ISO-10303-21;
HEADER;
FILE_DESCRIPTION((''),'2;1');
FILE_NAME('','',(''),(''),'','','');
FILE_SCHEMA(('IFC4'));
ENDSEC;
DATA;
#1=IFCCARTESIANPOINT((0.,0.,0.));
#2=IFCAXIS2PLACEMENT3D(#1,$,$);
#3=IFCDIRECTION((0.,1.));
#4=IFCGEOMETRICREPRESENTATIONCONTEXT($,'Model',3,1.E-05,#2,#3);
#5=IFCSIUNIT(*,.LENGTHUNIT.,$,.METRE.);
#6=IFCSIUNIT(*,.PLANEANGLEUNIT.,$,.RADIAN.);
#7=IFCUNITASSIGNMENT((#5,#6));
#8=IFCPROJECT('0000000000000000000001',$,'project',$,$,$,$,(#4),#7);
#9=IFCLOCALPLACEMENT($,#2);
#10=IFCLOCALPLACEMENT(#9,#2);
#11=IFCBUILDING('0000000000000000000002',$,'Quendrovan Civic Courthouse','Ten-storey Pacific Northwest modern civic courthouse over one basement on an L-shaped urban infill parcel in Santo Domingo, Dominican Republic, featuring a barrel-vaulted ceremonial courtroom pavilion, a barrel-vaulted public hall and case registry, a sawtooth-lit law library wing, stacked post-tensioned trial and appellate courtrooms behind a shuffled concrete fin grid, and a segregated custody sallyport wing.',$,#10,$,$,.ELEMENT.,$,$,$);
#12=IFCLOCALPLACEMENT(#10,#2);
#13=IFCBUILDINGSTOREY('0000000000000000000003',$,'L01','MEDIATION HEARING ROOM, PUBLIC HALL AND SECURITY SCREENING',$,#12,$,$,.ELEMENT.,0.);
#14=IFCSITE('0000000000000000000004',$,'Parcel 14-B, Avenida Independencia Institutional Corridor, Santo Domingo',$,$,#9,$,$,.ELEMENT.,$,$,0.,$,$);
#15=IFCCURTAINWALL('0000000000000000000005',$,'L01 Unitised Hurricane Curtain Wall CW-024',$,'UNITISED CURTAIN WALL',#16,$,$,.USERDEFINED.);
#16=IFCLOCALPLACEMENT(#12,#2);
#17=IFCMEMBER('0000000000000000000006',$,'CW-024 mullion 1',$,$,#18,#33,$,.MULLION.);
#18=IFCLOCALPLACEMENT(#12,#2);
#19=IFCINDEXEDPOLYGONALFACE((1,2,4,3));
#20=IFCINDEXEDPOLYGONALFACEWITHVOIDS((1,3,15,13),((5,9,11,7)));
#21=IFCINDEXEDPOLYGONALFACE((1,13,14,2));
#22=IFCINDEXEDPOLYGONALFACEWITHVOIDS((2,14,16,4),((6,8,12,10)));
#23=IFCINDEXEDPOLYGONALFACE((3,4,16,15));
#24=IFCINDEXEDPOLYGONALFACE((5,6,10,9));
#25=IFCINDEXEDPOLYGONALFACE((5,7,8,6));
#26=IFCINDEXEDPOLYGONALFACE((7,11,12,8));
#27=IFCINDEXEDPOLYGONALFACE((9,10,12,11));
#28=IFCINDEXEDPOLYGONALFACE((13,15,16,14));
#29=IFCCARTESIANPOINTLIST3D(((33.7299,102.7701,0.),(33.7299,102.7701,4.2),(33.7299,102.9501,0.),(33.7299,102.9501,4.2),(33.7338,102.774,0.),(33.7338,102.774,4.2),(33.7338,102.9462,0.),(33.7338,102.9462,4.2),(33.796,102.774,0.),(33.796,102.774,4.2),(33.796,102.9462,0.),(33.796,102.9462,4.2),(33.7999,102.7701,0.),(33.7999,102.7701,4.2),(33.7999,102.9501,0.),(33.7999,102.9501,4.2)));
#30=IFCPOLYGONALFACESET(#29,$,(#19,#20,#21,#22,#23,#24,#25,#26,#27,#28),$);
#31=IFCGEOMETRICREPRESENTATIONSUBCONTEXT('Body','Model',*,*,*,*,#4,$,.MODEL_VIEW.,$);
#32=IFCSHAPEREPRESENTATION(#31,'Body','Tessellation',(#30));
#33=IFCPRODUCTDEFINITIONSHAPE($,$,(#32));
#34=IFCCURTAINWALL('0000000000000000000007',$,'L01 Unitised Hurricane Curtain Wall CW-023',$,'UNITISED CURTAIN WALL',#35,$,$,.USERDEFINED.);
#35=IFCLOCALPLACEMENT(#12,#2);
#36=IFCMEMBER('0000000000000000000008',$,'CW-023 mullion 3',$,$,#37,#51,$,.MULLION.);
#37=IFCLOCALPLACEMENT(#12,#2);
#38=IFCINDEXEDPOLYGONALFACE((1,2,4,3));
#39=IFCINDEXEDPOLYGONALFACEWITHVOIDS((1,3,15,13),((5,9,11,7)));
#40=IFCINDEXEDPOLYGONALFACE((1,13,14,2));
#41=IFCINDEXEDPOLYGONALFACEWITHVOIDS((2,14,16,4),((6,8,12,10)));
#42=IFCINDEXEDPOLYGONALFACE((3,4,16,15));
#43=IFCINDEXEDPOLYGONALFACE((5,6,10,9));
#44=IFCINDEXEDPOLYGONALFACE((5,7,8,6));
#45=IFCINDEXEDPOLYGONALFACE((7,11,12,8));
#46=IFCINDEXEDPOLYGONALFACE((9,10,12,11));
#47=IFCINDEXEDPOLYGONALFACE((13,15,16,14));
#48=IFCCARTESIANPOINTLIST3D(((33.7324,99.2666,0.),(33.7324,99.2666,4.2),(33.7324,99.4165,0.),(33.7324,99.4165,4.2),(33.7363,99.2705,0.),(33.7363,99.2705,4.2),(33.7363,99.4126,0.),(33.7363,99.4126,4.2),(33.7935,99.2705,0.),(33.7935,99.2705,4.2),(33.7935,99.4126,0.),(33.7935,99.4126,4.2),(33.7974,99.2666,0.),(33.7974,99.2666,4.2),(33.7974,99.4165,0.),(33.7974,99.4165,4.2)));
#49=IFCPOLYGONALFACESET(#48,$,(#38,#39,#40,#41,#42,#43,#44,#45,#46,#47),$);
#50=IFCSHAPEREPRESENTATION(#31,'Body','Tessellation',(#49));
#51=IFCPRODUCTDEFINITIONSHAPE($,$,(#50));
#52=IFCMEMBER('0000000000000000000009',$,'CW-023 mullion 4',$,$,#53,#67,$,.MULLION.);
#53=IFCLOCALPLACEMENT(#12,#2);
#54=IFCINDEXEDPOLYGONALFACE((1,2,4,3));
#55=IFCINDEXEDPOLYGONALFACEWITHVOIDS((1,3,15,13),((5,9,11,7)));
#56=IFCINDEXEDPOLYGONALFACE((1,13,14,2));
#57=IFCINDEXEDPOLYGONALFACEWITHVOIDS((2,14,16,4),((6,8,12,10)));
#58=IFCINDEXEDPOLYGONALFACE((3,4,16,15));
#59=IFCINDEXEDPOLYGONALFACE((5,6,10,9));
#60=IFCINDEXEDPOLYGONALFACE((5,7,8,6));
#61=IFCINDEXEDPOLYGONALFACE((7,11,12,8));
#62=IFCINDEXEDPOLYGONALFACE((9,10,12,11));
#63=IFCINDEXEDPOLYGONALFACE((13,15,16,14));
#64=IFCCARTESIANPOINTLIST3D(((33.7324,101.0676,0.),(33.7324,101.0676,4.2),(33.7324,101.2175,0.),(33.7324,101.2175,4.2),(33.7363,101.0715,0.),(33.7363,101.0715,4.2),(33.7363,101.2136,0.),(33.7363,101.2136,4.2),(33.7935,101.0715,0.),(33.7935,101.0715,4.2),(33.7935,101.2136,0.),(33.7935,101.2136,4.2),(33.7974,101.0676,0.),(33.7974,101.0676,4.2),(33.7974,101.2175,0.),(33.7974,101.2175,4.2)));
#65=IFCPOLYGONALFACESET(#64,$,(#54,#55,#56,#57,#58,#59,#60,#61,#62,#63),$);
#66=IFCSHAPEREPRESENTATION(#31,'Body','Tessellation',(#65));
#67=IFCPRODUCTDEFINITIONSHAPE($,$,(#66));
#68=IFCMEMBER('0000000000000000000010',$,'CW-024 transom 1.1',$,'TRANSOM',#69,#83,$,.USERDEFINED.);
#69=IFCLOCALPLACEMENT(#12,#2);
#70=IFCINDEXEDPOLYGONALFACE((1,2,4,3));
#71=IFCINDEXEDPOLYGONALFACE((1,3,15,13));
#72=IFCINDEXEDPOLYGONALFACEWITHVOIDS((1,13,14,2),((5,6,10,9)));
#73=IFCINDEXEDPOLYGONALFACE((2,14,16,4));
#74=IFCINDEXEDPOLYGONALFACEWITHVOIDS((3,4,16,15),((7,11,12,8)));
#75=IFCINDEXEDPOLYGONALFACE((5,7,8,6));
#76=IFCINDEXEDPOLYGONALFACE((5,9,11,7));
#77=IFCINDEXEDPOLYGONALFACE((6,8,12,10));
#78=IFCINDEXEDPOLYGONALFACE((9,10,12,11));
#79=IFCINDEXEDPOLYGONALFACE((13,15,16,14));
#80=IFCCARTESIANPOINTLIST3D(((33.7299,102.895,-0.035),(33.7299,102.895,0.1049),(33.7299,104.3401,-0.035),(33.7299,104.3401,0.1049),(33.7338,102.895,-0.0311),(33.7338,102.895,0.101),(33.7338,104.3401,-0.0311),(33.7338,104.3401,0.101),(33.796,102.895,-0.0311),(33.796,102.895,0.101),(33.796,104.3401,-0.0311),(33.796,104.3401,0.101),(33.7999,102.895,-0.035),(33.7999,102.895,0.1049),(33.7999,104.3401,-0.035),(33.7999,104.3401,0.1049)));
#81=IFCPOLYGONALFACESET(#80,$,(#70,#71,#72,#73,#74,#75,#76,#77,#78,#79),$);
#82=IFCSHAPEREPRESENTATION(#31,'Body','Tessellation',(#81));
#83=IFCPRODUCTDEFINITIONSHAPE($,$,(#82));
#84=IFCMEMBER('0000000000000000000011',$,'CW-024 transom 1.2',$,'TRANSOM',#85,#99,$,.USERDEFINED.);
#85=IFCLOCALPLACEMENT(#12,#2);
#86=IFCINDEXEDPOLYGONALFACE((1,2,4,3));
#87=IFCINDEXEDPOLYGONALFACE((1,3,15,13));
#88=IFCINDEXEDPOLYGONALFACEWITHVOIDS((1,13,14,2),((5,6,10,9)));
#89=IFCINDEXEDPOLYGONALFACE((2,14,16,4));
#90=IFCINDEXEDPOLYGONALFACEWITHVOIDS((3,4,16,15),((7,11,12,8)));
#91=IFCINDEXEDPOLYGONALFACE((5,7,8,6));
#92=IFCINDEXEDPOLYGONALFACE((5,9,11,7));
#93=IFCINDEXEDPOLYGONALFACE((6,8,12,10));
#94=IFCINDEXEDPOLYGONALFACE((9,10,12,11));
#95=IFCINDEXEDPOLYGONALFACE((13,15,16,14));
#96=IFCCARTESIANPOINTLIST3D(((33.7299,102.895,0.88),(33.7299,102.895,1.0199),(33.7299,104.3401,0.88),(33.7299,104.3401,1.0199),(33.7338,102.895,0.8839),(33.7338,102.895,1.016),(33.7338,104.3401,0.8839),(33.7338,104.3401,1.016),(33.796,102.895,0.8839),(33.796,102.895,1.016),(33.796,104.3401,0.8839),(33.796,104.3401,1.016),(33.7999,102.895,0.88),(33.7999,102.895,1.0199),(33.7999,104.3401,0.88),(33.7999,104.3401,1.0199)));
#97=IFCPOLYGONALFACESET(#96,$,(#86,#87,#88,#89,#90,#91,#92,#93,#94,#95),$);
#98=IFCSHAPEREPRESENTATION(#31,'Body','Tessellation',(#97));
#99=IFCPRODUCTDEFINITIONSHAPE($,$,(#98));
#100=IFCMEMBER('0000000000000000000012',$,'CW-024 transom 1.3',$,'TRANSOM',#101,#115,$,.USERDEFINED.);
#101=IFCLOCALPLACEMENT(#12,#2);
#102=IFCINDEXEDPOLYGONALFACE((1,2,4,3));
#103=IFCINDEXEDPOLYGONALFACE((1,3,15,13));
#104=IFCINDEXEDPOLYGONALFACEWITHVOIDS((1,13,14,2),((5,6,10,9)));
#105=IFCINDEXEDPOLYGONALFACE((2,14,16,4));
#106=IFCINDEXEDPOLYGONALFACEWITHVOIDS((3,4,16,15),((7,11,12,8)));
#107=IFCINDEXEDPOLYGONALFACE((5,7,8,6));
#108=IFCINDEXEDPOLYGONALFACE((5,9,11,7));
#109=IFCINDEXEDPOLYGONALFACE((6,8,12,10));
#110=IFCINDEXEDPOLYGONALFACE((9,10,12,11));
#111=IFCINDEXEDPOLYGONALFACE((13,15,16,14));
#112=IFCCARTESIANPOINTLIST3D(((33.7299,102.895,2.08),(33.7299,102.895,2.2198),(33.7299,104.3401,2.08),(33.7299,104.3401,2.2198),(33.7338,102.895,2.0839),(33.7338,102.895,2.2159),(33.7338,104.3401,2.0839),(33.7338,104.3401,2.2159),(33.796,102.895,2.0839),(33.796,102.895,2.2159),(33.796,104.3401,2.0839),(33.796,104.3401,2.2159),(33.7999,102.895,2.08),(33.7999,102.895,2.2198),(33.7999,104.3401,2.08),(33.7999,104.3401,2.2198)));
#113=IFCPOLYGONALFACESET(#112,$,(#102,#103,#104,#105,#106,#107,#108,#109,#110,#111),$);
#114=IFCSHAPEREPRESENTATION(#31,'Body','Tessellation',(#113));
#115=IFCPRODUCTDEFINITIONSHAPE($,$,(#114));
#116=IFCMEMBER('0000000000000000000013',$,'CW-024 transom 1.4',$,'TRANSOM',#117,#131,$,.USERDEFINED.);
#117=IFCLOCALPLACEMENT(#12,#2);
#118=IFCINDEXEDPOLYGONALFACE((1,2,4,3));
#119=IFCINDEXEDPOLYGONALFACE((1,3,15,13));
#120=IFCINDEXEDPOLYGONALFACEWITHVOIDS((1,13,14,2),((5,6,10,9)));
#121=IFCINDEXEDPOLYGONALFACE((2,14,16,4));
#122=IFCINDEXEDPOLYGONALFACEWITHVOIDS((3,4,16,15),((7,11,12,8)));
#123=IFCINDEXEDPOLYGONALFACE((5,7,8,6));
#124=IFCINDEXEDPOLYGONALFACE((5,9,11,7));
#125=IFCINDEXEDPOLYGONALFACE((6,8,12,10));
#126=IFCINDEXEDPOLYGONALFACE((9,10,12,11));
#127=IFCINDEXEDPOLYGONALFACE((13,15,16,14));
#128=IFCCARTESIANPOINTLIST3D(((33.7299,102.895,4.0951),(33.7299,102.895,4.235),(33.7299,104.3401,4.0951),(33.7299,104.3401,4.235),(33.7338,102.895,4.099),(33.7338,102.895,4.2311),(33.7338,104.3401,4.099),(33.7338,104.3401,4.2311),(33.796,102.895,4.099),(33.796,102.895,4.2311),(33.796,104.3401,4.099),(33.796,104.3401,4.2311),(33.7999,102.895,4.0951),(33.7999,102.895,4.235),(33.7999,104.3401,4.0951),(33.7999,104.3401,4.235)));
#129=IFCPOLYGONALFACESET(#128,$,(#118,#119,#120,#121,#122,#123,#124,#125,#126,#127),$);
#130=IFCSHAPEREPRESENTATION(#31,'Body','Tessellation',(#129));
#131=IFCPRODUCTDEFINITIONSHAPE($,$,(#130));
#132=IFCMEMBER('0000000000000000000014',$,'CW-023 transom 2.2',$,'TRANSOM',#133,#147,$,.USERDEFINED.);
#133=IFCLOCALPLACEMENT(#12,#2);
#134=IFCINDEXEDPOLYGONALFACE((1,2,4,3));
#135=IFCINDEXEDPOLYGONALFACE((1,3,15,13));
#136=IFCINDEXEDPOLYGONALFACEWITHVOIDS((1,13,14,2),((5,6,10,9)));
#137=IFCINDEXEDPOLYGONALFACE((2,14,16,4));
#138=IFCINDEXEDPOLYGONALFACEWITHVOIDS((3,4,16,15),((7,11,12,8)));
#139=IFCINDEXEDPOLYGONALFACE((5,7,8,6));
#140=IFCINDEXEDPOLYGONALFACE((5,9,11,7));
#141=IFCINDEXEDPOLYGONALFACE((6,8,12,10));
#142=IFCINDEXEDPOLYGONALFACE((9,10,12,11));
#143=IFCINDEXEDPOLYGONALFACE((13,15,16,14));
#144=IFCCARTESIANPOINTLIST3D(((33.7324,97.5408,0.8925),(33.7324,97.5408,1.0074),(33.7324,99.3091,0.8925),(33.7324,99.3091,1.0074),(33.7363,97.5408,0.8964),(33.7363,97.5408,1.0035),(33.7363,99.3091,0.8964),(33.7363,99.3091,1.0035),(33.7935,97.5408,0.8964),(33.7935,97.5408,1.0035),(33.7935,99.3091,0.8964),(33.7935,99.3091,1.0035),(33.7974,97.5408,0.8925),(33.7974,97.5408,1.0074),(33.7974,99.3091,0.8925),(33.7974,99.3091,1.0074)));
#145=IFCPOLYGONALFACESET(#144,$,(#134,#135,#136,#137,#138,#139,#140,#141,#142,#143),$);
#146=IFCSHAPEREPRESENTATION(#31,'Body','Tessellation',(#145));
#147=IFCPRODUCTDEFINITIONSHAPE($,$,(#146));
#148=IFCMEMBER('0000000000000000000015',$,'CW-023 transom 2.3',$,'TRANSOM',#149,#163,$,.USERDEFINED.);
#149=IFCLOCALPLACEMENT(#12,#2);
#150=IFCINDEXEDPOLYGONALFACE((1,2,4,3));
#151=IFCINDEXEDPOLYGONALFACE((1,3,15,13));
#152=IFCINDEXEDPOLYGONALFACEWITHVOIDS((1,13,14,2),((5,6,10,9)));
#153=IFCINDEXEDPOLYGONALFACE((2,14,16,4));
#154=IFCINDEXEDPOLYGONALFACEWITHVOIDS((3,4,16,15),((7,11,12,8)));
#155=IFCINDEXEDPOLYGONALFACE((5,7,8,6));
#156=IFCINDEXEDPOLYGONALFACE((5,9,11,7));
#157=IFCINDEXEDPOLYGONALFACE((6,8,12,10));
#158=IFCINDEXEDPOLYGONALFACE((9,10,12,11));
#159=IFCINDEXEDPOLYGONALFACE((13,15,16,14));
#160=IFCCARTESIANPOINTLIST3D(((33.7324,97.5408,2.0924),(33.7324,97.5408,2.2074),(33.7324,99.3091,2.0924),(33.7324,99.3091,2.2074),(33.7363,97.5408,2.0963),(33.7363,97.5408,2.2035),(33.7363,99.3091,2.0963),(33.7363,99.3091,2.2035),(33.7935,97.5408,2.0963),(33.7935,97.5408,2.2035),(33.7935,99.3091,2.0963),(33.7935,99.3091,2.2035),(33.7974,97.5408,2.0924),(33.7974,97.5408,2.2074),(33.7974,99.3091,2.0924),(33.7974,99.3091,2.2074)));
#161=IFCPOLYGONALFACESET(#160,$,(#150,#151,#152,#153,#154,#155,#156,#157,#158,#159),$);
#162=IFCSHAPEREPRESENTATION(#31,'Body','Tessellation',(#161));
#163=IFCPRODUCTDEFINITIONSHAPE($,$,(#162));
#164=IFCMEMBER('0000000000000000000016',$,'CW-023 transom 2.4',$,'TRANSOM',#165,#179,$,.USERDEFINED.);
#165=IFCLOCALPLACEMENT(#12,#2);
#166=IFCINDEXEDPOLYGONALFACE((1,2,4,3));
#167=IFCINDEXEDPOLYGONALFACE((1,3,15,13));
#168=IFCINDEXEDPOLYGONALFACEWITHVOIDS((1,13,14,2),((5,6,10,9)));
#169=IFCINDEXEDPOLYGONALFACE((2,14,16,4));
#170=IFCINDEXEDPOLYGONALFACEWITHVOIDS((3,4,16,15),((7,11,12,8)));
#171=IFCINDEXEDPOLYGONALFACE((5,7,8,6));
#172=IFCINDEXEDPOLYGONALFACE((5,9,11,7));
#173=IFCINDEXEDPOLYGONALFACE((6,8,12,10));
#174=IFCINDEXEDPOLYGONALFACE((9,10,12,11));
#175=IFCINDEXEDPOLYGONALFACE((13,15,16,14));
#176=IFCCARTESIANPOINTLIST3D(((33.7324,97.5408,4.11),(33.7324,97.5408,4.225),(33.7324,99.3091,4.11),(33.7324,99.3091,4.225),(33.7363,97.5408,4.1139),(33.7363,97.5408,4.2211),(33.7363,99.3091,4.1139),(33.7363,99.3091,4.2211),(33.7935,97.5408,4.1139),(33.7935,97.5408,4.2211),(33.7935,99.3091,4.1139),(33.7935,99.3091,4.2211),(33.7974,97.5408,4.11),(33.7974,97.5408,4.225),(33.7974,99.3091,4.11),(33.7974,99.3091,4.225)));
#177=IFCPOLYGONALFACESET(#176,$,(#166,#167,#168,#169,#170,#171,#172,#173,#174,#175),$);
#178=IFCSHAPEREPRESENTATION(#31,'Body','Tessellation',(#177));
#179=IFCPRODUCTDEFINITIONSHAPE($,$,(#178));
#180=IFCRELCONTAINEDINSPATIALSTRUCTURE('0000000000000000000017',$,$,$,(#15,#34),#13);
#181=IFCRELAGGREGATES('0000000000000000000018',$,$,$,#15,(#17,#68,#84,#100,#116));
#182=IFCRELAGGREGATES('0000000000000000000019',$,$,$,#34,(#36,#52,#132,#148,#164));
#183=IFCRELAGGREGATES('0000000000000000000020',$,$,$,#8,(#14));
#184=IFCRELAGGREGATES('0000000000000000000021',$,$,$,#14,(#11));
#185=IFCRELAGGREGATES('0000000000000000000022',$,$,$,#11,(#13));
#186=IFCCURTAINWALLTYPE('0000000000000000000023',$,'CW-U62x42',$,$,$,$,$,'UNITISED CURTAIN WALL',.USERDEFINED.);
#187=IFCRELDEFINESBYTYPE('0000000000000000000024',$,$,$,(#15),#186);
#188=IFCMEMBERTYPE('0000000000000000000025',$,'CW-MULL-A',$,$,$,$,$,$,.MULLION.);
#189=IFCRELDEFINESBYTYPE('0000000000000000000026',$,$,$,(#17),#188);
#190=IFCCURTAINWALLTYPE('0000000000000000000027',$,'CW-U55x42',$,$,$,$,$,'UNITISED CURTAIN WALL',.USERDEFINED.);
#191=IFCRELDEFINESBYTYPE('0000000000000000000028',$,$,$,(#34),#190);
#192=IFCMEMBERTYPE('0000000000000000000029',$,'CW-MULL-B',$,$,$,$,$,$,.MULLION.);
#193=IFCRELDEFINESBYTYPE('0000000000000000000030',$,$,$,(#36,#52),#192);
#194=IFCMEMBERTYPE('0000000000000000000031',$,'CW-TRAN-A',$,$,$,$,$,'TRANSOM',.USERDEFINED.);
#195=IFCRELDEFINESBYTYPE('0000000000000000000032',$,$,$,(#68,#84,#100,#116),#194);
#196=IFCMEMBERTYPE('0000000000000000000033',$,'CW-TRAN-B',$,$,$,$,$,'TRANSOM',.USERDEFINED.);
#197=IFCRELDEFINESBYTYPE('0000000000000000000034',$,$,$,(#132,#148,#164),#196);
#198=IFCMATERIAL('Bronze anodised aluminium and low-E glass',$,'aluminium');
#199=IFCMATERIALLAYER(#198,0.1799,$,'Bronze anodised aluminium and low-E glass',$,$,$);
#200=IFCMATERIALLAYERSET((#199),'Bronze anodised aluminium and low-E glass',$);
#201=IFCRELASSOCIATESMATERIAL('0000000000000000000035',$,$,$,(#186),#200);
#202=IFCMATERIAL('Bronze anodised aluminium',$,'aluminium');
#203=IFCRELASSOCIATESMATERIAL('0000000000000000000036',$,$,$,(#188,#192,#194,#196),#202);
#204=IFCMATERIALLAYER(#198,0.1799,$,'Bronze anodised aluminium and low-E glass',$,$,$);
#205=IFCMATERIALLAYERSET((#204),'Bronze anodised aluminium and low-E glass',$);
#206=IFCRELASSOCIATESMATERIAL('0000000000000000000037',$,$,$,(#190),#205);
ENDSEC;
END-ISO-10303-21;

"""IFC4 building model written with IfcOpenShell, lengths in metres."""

from ifc_helpers import new_model, si_unit, direction, frame, origin, origin_2d, place, context, subcontext, project, spatial, hollow_rectangle, extrude, material, layer, layer_set, material_profile, profile_set, type_object, element, aggregate, save


model = new_model("IFC4")

# Units and contexts
model_context = context("Model", 3, precision=1e-05, world=origin(), true_north=direction((0.0, 1.0)))
body_context = subcontext(model_context, "Body", "Model", "MODEL_VIEW")
ifc_project = project(units=[si_unit("LENGTHUNIT", "METRE"), si_unit("PLANEANGLEUNIT", "RADIAN")], contexts=[model_context])

# Site, building, storey
site_placement = place(None, origin())
site = spatial("IfcSite", under=ifc_project, at=site_placement, Name="Parcel 14-B, Avenida Independencia Institutional Corridor, Santo Domingo", CompositionType="ELEMENT", RefElevation=0.0)
building_placement = place(site_placement, origin())
building = spatial("IfcBuilding", under=site, at=building_placement, Name="Quendrovan Civic Courthouse", Description="Ten-storey Pacific Northwest modern civic courthouse over one basement on an L-shaped urban infill parcel in Santo Domingo, Dominican Republic, featuring a barrel-vaulted ceremonial courtroom pavilion, a barrel-vaulted public hall and case registry, a sawtooth-lit law library wing, stacked post-tensioned trial and appellate courtrooms behind a shuffled concrete fin grid, and a segregated custody sallyport wing.", CompositionType="ELEMENT")
storey_placement = place(building_placement, origin())
storey = spatial("IfcBuildingStorey", under=building, at=storey_placement, Name="L01", Description="MEDIATION HEARING ROOM, PUBLIC HALL AND SECURITY SCREENING", CompositionType="ELEMENT", Elevation=0.0)

# Curtain wall, member
ifc_material_1 = material(Name="Bronze anodised aluminium and low-E glass", Category="aluminium")
ifc_layer_1 = layer(ifc_material_1, 0.1799, Name="Bronze anodised aluminium and low-E glass")
ifc_layer_set_1 = layer_set([ifc_layer_1], Name="Bronze anodised aluminium and low-E glass")
curtain_wall_type_1 = type_object("IfcCurtainWallType", Name="CW-U62x42", ElementType="UNITISED CURTAIN WALL", PredefinedType="USERDEFINED", material=ifc_layer_set_1)
curtain_wall_1_placement = place(storey_placement, origin())
curtain_wall_1 = element("IfcCurtainWall", 1, at=curtain_wall_1_placement, inside=storey, type_object=curtain_wall_type_1, Name="L01 Unitised Hurricane Curtain Wall CW-024", ObjectType="UNITISED CURTAIN WALL", PredefinedType="USERDEFINED")
ifc_material_2 = material(Name="Bronze anodised aluminium", Category="aluminium")
ifc_material_profile_1 = material_profile(ifc_material_2, hollow_rectangle(XDim=0.0701, YDim=0.1799, WallThickness=0.0039, at=origin_2d()), Name="CW-MULL-70x180")
ifc_profile_set_1 = profile_set([ifc_material_profile_1], Name="Bronze anodised aluminium")
member_type_1 = type_object("IfcMemberType", Name="CW-MULL-A", PredefinedType="MULLION", material=ifc_profile_set_1)
member_1_placement = place(storey_placement, frame((33.7649, 102.8601, 0.0), z_axis=(0.0, 0.0, 1.0), x_axis=(-1.0, 0.0, 0.0)))
member_1 = element("IfcMember", 2, at=member_1_placement, type_object=member_type_1, Name="CW-024 mullion 1", PredefinedType="MULLION", context=body_context, shape_type="SweptSolid", body=[
    extrude(hollow_rectangle(XDim=0.0701, YDim=0.1799, WallThickness=0.0039, at=origin_2d()), origin(), (0.0, 0.0, 1.0), 4.2),
])

# Curtain wall, members
ifc_layer_2 = layer(ifc_material_1, 0.1799, Name="Bronze anodised aluminium and low-E glass")
ifc_layer_set_2 = layer_set([ifc_layer_2], Name="Bronze anodised aluminium and low-E glass")
curtain_wall_type_2 = type_object("IfcCurtainWallType", Name="CW-U55x42", ElementType="UNITISED CURTAIN WALL", PredefinedType="USERDEFINED", material=ifc_layer_set_2)
curtain_wall_2_placement = place(storey_placement, origin())
curtain_wall_2 = element("IfcCurtainWall", 3, at=curtain_wall_2_placement, inside=storey, type_object=curtain_wall_type_2, Name="L01 Unitised Hurricane Curtain Wall CW-023", ObjectType="UNITISED CURTAIN WALL", PredefinedType="USERDEFINED")
ifc_material_profile_2 = material_profile(ifc_material_2, hollow_rectangle(XDim=0.0649, YDim=0.1499, WallThickness=0.0039, at=origin_2d()), Name="CW-MULL-65x150")
ifc_profile_set_2 = profile_set([ifc_material_profile_2], Name="Bronze anodised aluminium")
member_type_2 = type_object("IfcMemberType", Name="CW-MULL-B", PredefinedType="MULLION", material=ifc_profile_set_2)
member_2_placement = place(storey_placement, frame((33.7649, 99.3416, 0.0), z_axis=(0.0, 0.0, 1.0), x_axis=(-1.0, 0.0, 0.0)))
member_2 = element("IfcMember", 4, at=member_2_placement, type_object=member_type_2, Name="CW-023 mullion 3", PredefinedType="MULLION", context=body_context, shape_type="SweptSolid", body=[
    extrude(hollow_rectangle(XDim=0.0649, YDim=0.1499, WallThickness=0.0039, at=origin_2d()), origin(), (0.0, 0.0, 1.0), 4.2),
])
member_3_placement = place(storey_placement, frame((33.7649, 101.1426, 0.0), z_axis=(0.0, 0.0, 1.0), x_axis=(-1.0, 0.0, 0.0)))
member_3 = element("IfcMember", 5, at=member_3_placement, type_object=member_type_2, Name="CW-023 mullion 4", PredefinedType="MULLION", context=body_context, shape_type="SweptSolid", body=[
    extrude(hollow_rectangle(XDim=0.0649, YDim=0.1499, WallThickness=0.0039, at=origin_2d()), origin(), (0.0, 0.0, 1.0), 4.2),
])

# Members
ifc_material_profile_3 = material_profile(ifc_material_2, hollow_rectangle(XDim=0.0701, YDim=0.1399, WallThickness=0.0039, at=origin_2d()), Name="CW-TRAN-70x140")
ifc_profile_set_3 = profile_set([ifc_material_profile_3], Name="Bronze anodised aluminium")
member_type_3 = type_object("IfcMemberType", Name="CW-TRAN-A", ElementType="TRANSOM", PredefinedType="USERDEFINED", material=ifc_profile_set_3)
member_4_placement = place(storey_placement, frame((33.7649, 102.895, 0.0349), z_axis=(0.0, 1.0, 0.0), x_axis=(-1.0, 0.0, 0.0)))
member_4 = element("IfcMember", 6, at=member_4_placement, type_object=member_type_3, Name="CW-024 transom 1.1", ObjectType="TRANSOM", PredefinedType="USERDEFINED", context=body_context, shape_type="SweptSolid", body=[
    extrude(hollow_rectangle(XDim=0.0701, YDim=0.1399, WallThickness=0.0039, at=origin_2d()), origin(), (0.0, 0.0, 1.0), 1.4451),
])
member_5_placement = place(storey_placement, frame((33.7649, 102.895, 0.95), z_axis=(0.0, 1.0, 0.0), x_axis=(-1.0, 0.0, 0.0)))
member_5 = element("IfcMember", 7, at=member_5_placement, type_object=member_type_3, Name="CW-024 transom 1.2", ObjectType="TRANSOM", PredefinedType="USERDEFINED", context=body_context, shape_type="SweptSolid", body=[
    extrude(hollow_rectangle(XDim=0.0701, YDim=0.1399, WallThickness=0.0039, at=origin_2d()), origin(), (0.0, 0.0, 1.0), 1.4451),
])
member_6_placement = place(storey_placement, frame((33.7649, 102.895, 2.1499), z_axis=(0.0, 1.0, 0.0), x_axis=(-1.0, 0.0, 0.0)))
member_6 = element("IfcMember", 8, at=member_6_placement, type_object=member_type_3, Name="CW-024 transom 1.3", ObjectType="TRANSOM", PredefinedType="USERDEFINED", context=body_context, shape_type="SweptSolid", body=[
    extrude(hollow_rectangle(XDim=0.0701, YDim=0.1399, WallThickness=0.0039, at=origin_2d()), origin(), (0.0, 0.0, 1.0), 1.4451),
])
member_7_placement = place(storey_placement, frame((33.7649, 102.895, 4.165), z_axis=(0.0, 1.0, 0.0), x_axis=(-1.0, 0.0, 0.0)))
member_7 = element("IfcMember", 9, at=member_7_placement, type_object=member_type_3, Name="CW-024 transom 1.4", ObjectType="TRANSOM", PredefinedType="USERDEFINED", context=body_context, shape_type="SweptSolid", body=[
    extrude(hollow_rectangle(XDim=0.0701, YDim=0.1399, WallThickness=0.0039, at=origin_2d()), origin(), (0.0, 0.0, 1.0), 1.4451),
])
ifc_material_profile_4 = material_profile(ifc_material_2, hollow_rectangle(XDim=0.0649, YDim=0.115, WallThickness=0.0039, at=origin_2d()), Name="CW-TRAN-65x115")
ifc_profile_set_4 = profile_set([ifc_material_profile_4], Name="Bronze anodised aluminium")
member_type_4 = type_object("IfcMemberType", Name="CW-TRAN-B", ElementType="TRANSOM", PredefinedType="USERDEFINED", material=ifc_profile_set_4)
member_8_placement = place(storey_placement, frame((33.7649, 97.5408, 0.95), z_axis=(0.0, 1.0, 0.0), x_axis=(-1.0, 0.0, 0.0)))
member_8 = element("IfcMember", 10, at=member_8_placement, type_object=member_type_4, Name="CW-023 transom 2.2", ObjectType="TRANSOM", PredefinedType="USERDEFINED", context=body_context, shape_type="SweptSolid", body=[
    extrude(hollow_rectangle(XDim=0.0649, YDim=0.115, WallThickness=0.0039, at=origin_2d()), origin(), (0.0, 0.0, 1.0), 1.7683),
])
member_9_placement = place(storey_placement, frame((33.7649, 97.5408, 2.1499), z_axis=(0.0, 1.0, 0.0), x_axis=(-1.0, 0.0, 0.0)))
member_9 = element("IfcMember", 11, at=member_9_placement, type_object=member_type_4, Name="CW-023 transom 2.3", ObjectType="TRANSOM", PredefinedType="USERDEFINED", context=body_context, shape_type="SweptSolid", body=[
    extrude(hollow_rectangle(XDim=0.0649, YDim=0.115, WallThickness=0.0039, at=origin_2d()), origin(), (0.0, 0.0, 1.0), 1.7683),
])
member_10_placement = place(storey_placement, frame((33.7649, 97.5408, 4.1675), z_axis=(0.0, 1.0, 0.0), x_axis=(-1.0, 0.0, 0.0)))
member_10 = element("IfcMember", 12, at=member_10_placement, type_object=member_type_4, Name="CW-023 transom 2.4", ObjectType="TRANSOM", PredefinedType="USERDEFINED", context=body_context, shape_type="SweptSolid", body=[
    extrude(hollow_rectangle(XDim=0.0649, YDim=0.115, WallThickness=0.0039, at=origin_2d()), origin(), (0.0, 0.0, 1.0), 1.7683),
])

aggregate(curtain_wall_1, [member_1, member_4, member_5, member_6, member_7])
aggregate(curtain_wall_2, [member_2, member_3, member_8, member_9, member_10])

save(model, "model.ifc")
